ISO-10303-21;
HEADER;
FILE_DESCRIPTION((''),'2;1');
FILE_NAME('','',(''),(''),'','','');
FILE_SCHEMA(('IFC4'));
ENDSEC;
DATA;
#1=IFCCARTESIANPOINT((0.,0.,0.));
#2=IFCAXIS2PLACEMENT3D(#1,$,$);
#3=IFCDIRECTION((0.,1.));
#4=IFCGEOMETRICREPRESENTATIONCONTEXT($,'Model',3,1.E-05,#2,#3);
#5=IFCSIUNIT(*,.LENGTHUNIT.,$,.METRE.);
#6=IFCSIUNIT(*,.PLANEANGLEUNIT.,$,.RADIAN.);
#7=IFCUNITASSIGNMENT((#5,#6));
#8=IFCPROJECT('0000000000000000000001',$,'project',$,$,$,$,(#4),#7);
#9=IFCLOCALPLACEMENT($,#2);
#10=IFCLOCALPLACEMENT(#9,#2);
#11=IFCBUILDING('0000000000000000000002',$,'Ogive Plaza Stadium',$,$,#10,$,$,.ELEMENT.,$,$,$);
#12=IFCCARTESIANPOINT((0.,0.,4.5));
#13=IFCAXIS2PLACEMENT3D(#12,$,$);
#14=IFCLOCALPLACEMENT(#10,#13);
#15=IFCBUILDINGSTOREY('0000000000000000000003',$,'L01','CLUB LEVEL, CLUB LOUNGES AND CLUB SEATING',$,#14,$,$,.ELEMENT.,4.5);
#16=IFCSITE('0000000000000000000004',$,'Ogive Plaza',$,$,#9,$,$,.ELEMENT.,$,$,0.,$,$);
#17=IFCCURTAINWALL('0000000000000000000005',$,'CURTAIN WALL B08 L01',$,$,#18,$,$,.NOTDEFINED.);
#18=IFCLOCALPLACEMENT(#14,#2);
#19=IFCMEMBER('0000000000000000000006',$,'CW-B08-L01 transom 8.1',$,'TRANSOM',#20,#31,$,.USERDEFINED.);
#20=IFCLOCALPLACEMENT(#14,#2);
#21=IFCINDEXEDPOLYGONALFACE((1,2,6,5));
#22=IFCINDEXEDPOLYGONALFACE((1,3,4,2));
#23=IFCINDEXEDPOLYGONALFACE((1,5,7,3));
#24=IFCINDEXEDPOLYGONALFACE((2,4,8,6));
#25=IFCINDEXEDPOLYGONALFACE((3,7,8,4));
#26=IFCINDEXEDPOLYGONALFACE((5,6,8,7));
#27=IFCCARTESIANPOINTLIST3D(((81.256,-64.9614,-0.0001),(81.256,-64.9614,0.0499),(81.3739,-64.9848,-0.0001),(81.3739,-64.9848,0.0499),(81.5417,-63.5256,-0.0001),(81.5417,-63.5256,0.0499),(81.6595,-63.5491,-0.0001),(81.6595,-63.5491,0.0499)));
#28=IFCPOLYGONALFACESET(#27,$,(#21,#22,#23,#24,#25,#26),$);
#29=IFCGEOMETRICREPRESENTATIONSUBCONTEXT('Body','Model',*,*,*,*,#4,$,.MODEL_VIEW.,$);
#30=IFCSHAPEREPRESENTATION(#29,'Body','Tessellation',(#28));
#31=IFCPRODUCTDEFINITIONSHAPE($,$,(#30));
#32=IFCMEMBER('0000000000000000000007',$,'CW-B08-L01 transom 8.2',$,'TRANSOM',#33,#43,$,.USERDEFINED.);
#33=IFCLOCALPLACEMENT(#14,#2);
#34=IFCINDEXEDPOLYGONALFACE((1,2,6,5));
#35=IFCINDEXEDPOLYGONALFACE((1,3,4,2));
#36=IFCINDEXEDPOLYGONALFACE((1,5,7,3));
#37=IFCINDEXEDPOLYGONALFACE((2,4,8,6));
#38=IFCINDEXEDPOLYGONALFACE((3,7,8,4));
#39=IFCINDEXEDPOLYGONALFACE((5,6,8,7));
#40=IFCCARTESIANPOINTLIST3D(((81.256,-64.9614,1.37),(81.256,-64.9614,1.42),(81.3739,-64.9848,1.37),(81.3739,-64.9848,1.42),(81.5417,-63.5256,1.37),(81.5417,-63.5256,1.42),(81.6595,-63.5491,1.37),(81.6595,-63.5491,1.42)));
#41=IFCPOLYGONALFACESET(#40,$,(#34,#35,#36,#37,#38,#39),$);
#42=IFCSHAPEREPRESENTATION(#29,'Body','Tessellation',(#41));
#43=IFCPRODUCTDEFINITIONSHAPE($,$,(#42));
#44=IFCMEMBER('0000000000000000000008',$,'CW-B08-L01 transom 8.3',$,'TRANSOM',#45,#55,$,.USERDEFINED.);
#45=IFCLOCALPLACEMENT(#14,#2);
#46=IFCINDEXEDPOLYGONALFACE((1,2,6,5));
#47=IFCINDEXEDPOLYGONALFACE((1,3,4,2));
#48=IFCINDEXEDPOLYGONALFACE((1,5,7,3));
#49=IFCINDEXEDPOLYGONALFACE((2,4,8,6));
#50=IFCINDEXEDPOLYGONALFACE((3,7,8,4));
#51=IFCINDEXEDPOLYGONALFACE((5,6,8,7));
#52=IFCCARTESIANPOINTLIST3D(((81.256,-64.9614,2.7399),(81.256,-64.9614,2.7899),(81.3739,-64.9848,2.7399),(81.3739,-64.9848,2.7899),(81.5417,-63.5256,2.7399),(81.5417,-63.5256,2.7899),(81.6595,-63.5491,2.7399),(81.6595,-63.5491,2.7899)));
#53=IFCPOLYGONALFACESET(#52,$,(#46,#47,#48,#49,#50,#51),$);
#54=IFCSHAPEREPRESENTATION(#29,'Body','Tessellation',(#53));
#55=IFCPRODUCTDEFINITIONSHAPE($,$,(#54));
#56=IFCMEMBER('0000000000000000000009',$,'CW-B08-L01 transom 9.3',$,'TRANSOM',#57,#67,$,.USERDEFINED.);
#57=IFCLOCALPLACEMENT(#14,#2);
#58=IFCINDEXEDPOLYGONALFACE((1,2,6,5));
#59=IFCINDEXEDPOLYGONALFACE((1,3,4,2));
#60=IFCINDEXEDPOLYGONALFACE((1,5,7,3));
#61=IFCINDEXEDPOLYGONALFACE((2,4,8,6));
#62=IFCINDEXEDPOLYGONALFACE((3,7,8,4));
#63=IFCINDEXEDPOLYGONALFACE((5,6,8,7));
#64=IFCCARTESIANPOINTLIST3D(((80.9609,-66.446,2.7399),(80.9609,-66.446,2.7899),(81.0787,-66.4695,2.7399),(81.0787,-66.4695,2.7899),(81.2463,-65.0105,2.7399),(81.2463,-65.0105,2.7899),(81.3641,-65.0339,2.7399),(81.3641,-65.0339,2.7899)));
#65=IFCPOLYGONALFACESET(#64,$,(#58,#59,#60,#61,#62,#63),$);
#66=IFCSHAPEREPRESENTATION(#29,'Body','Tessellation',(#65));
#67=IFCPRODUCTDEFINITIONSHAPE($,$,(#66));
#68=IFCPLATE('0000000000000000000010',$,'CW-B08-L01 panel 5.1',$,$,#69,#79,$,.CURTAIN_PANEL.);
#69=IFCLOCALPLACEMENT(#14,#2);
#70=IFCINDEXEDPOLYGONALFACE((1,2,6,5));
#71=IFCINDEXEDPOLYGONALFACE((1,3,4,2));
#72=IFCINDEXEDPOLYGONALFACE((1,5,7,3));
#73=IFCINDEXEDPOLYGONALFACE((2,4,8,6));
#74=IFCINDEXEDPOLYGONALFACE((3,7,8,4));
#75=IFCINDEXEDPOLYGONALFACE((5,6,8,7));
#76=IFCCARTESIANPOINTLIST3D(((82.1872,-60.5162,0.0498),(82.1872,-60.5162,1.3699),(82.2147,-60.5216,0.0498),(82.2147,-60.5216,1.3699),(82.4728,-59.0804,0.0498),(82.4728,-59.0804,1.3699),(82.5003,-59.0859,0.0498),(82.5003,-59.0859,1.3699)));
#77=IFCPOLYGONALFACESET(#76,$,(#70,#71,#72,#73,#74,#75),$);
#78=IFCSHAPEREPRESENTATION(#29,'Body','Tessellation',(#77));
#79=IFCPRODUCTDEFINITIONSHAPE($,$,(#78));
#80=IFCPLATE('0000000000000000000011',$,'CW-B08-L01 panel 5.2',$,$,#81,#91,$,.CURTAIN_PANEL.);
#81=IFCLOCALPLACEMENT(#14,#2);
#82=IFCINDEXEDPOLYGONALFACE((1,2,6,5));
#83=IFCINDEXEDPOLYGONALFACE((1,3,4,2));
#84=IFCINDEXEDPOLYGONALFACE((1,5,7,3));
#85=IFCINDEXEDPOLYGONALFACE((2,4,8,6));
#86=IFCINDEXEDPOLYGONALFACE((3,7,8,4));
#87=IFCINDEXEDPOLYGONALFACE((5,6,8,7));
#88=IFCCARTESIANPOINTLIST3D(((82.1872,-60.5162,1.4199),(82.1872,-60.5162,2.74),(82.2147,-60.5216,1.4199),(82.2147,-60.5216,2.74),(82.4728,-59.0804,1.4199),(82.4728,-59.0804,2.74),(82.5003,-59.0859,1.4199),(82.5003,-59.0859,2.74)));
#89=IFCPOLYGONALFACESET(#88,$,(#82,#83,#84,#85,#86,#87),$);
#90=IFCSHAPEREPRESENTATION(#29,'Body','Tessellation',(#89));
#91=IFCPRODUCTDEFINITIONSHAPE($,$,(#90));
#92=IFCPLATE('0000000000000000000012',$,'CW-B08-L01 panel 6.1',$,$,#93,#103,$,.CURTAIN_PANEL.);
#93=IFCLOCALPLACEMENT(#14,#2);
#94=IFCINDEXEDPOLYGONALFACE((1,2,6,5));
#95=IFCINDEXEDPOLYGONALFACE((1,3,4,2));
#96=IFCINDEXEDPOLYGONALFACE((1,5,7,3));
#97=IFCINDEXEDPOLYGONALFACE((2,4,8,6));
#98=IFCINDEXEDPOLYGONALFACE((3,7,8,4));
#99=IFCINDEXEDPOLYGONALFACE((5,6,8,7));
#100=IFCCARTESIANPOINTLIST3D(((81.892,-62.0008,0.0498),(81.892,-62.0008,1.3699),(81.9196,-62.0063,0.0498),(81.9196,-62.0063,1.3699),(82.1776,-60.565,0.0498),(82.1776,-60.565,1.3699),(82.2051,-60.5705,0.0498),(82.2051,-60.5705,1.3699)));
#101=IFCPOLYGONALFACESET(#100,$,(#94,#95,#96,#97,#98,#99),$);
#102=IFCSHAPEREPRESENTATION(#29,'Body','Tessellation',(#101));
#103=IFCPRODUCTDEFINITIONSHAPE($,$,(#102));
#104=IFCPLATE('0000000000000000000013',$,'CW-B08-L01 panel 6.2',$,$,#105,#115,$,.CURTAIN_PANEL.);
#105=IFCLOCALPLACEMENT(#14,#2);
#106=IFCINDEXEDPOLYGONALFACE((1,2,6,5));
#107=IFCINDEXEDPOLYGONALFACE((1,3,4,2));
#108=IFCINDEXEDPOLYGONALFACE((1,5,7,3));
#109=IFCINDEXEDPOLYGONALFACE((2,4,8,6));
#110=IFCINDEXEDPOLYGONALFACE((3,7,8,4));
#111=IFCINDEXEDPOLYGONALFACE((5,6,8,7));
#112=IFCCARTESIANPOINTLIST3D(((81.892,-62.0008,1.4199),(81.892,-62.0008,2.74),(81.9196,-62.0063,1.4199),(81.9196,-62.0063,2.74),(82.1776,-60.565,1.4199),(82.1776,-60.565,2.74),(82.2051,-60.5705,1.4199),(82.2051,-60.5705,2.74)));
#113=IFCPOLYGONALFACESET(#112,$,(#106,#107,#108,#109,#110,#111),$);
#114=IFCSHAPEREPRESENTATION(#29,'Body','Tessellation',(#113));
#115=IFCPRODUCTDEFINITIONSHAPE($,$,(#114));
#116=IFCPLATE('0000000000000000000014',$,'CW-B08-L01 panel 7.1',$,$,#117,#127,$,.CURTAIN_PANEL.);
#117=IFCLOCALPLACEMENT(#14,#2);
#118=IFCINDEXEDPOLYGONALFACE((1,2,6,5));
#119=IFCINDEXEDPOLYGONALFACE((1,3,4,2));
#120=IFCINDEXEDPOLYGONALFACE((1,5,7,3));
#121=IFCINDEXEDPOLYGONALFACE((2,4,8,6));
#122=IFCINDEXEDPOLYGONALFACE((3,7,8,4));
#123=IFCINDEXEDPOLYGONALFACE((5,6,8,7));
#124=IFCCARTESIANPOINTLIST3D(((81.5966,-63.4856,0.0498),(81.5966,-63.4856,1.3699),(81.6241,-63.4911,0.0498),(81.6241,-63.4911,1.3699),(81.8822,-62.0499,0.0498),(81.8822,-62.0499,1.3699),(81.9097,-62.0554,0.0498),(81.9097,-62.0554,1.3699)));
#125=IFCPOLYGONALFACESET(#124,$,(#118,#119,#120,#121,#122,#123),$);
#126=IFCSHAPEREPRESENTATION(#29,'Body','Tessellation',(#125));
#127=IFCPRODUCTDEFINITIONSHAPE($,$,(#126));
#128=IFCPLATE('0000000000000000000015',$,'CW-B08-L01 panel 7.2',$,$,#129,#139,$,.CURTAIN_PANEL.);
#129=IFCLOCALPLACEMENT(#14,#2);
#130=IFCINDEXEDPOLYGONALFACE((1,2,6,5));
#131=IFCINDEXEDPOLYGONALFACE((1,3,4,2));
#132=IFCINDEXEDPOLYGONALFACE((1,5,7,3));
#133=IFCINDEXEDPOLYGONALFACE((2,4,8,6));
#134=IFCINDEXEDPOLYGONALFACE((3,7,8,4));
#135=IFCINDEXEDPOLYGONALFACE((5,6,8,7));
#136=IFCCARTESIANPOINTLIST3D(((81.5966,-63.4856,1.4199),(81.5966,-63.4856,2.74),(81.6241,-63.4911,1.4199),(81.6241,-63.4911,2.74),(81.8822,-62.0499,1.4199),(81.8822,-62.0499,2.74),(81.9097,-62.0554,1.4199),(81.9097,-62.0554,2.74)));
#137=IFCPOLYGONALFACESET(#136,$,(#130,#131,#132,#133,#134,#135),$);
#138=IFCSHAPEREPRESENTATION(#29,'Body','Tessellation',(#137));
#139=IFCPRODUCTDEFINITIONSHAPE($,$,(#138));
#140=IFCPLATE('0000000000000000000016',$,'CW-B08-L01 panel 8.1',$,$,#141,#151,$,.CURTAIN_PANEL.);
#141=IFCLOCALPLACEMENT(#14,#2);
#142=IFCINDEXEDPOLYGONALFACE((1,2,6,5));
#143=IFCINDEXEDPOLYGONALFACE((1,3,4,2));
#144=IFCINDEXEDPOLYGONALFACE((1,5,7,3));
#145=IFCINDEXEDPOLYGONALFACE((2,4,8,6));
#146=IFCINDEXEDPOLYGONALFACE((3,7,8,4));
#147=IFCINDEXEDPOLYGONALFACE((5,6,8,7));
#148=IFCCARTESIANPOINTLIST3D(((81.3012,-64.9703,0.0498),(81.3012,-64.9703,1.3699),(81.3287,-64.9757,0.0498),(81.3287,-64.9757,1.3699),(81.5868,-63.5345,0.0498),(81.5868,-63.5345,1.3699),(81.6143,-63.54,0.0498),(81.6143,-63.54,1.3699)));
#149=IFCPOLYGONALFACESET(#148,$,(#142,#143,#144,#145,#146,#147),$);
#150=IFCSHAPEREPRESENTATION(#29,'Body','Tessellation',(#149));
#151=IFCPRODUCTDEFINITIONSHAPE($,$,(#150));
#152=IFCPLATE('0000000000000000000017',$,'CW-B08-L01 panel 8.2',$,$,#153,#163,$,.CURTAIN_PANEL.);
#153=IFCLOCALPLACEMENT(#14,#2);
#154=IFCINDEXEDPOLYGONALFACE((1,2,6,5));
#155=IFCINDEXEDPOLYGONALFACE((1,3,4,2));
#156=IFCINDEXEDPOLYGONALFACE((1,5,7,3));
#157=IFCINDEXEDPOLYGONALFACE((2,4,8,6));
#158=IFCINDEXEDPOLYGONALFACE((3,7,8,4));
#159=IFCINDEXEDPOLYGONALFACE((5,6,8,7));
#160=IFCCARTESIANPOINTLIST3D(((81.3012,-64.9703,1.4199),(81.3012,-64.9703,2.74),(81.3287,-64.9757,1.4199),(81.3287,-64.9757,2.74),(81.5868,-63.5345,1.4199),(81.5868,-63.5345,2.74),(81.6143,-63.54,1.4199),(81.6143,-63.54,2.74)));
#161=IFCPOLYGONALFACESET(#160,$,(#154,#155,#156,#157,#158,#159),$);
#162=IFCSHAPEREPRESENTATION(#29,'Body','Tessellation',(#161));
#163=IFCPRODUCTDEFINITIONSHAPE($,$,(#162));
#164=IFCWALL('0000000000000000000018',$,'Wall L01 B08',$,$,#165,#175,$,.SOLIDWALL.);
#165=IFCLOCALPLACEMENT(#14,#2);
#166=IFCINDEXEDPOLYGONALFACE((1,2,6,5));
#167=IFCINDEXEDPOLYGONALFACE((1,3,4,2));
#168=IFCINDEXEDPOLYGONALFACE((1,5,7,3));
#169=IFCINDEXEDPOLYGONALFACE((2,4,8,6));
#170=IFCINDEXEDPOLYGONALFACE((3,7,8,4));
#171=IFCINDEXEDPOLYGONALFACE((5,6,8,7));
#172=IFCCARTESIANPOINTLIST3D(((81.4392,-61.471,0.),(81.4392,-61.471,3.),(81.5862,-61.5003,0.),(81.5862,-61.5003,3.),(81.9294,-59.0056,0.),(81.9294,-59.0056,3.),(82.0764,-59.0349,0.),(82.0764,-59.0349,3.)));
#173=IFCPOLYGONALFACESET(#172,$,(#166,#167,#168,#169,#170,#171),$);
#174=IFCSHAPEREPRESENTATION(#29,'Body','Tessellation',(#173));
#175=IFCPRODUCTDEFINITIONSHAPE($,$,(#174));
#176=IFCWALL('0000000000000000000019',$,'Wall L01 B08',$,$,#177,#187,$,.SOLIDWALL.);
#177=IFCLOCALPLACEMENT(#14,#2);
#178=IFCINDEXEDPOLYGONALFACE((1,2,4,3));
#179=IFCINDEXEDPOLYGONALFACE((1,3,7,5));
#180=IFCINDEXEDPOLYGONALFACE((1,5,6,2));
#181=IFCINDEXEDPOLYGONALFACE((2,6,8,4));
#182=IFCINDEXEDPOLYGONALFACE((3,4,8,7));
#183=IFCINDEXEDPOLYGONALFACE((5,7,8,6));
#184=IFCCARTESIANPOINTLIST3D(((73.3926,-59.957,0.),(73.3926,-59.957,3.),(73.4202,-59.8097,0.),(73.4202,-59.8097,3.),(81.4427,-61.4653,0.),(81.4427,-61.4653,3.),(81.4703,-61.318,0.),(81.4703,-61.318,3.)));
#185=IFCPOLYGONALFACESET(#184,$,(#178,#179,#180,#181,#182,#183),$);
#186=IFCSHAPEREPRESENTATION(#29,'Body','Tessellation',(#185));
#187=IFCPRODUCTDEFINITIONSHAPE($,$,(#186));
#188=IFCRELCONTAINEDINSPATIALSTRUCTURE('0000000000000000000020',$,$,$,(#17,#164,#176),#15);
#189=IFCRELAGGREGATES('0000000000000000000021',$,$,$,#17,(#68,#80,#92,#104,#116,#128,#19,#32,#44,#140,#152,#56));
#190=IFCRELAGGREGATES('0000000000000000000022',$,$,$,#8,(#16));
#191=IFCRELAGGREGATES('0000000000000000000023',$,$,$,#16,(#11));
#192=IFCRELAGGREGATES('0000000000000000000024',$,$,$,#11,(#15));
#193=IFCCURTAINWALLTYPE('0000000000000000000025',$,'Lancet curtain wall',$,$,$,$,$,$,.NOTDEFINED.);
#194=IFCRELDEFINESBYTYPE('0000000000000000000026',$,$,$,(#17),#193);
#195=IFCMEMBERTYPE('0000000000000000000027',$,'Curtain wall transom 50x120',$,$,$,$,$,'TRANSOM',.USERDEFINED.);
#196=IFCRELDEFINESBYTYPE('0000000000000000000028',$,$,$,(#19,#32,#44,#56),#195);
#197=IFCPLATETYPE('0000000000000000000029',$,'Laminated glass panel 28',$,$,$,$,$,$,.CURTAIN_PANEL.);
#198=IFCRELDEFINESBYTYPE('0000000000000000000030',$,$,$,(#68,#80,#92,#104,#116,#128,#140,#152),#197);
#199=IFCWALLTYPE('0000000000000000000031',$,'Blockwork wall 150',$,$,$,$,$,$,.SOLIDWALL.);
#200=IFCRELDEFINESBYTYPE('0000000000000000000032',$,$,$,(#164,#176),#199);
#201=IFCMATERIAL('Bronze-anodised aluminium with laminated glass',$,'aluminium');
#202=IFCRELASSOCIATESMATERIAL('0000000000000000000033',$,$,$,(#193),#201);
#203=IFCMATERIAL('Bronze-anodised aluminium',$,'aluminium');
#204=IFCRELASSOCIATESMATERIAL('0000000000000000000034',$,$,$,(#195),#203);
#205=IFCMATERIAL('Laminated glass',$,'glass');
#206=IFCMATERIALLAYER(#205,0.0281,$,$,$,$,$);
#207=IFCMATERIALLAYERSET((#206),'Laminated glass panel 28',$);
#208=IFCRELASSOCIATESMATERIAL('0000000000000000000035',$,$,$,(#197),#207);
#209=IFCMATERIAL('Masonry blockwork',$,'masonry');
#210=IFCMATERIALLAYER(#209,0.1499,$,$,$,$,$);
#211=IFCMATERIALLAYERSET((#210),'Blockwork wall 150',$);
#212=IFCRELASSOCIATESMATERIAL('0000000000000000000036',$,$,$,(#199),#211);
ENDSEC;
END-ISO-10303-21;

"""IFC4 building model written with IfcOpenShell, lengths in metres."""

from ifc_helpers import new_model, si_unit, direction, frame, frame_2d, origin, origin_2d, place, context, subcontext, project, spatial, rectangle, extrude, material, layer, layer_set, material_profile, profile_set, type_object, element, aggregate, save


model = new_model("IFC4")

# Units and contexts
model_context = context("Model", 3, precision=1e-05, world=origin(), true_north=direction((0.0, 1.0)))
body_context = subcontext(model_context, "Body", "Model", "MODEL_VIEW")
ifc_project = project(units=[si_unit("LENGTHUNIT", "METRE"), si_unit("PLANEANGLEUNIT", "RADIAN")], contexts=[model_context])

# Site, building, storey
site_placement = place(None, origin())
site = spatial("IfcSite", under=ifc_project, at=site_placement, Name="Ogive Plaza", CompositionType="ELEMENT", RefElevation=0.0)
building_placement = place(site_placement, origin())
building = spatial("IfcBuilding", under=site, at=building_placement, Name="Ogive Plaza Stadium", CompositionType="ELEMENT")
storey_placement = place(building_placement, frame((0.0, 0.0, 4.5)))
storey = spatial("IfcBuildingStorey", under=building, at=storey_placement, Name="L01", Description="CLUB LEVEL, CLUB LOUNGES AND CLUB SEATING", CompositionType="ELEMENT", Elevation=4.5)

# Curtain wall, members, plates
ifc_material_1 = material(Name="Bronze-anodised aluminium with laminated glass", Category="aluminium")
curtain_wall_type = type_object("IfcCurtainWallType", Name="Lancet curtain wall", PredefinedType="NOTDEFINED", material=ifc_material_1)
curtain_wall_placement = place(storey_placement, origin())
curtain_wall = element("IfcCurtainWall", 1, at=curtain_wall_placement, inside=storey, type_object=curtain_wall_type, Name="CURTAIN WALL B08 L01", PredefinedType="NOTDEFINED")
ifc_material_2 = material(Name="Bronze-anodised aluminium", Category="aluminium")
ifc_material_profile_1 = material_profile(ifc_material_2, rectangle(XDim=0.1201, YDim=0.05, at=origin_2d()), Name="AL 120x50")
ifc_profile_set_1 = profile_set([ifc_material_profile_1], Name="Bronze-anodised aluminium")
member_type_1 = type_object("IfcMemberType", Name="Curtain wall transom 50x120", ElementType="TRANSOM", PredefinedType="USERDEFINED", material=ifc_profile_set_1)
member_1_placement = place(storey_placement, frame((81.6006, -63.5374, 0.0249), z_axis=(-0.195122, -0.980779, 0.0), x_axis=(0.980779, -0.195122, 0.0)))
member_1 = element("IfcMember", 2, at=member_1_placement, type_object=member_type_1, Name="CW-B08-L01 transom 8.1", ObjectType="TRANSOM", PredefinedType="USERDEFINED", context=body_context, shape_type="SweptSolid", body=[
    extrude(rectangle(XDim=0.1201, YDim=0.05, at=origin_2d()), origin(), (0.0, 0.0, 1.0), 1.4639),
])
member_2_placement = place(storey_placement, frame((81.6006, -63.5374, 1.395), z_axis=(-0.195122, -0.980779, 0.0), x_axis=(0.980779, -0.195122, 0.0)))
member_2 = element("IfcMember", 3, at=member_2_placement, type_object=member_type_1, Name="CW-B08-L01 transom 8.2", ObjectType="TRANSOM", PredefinedType="USERDEFINED", context=body_context, shape_type="SweptSolid", body=[
    extrude(rectangle(XDim=0.1201, YDim=0.05, at=origin_2d()), origin(), (0.0, 0.0, 1.0), 1.4639),
])
member_3_placement = place(storey_placement, frame((81.6006, -63.5374, 2.7649), z_axis=(-0.195122, -0.980779, 0.0), x_axis=(0.980779, -0.195122, 0.0)))
member_3 = element("IfcMember", 4, at=member_3_placement, type_object=member_type_1, Name="CW-B08-L01 transom 8.3", ObjectType="TRANSOM", PredefinedType="USERDEFINED", context=body_context, shape_type="SweptSolid", body=[
    extrude(rectangle(XDim=0.1201, YDim=0.05, at=origin_2d()), origin(), (0.0, 0.0, 1.0), 1.4639),
])
member_4_placement = place(storey_placement, frame((81.3052, -65.0222, 2.7649), z_axis=(-0.194993, -0.980805, 0.0), x_axis=(0.980805, -0.194993, 0.0)))
member_4 = element("IfcMember", 5, at=member_4_placement, type_object=member_type_1, Name="CW-B08-L01 transom 9.3", ObjectType="TRANSOM", PredefinedType="USERDEFINED", context=body_context, shape_type="SweptSolid", body=[
    extrude(rectangle(XDim=0.1201, YDim=0.05, at=origin_2d()), origin(), (0.0, 0.0, 1.0), 1.4636),
])
ifc_material_3 = material(Name="Laminated glass", Category="glass")
ifc_layer_1 = layer(ifc_material_3, 0.0281)
ifc_layer_set_1 = layer_set([ifc_layer_1], Name="Laminated glass panel 28")
plate_type = type_object("IfcPlateType", Name="Laminated glass panel 28", PredefinedType="CURTAIN_PANEL", material=ifc_layer_set_1)
plate_1_placement = place(storey_placement, frame((82.3438, -59.801, 0.0498), z_axis=(0.0, 0.0, 1.0), x_axis=(-0.19509, -0.980785, 0.0)))
plate_1 = element("IfcPlate", 6, at=plate_1_placement, type_object=plate_type, Name="CW-B08-L01 panel 5.1", PredefinedType="CURTAIN_PANEL", context=body_context, shape_type="SweptSolid", body=[
    extrude(rectangle(XDim=1.4639, YDim=0.0281, at=origin_2d()), origin(), (0.0, 0.0, 1.0), 1.3201),
])
plate_2_placement = place(storey_placement, frame((82.3438, -59.801, 1.4199), z_axis=(0.0, 0.0, 1.0), x_axis=(-0.19509, -0.980785, 0.0)))
plate_2 = element("IfcPlate", 7, at=plate_2_placement, type_object=plate_type, Name="CW-B08-L01 panel 5.2", PredefinedType="CURTAIN_PANEL", context=body_context, shape_type="SweptSolid", body=[
    extrude(rectangle(XDim=1.4639, YDim=0.0281, at=origin_2d()), origin(), (0.0, 0.0, 1.0), 1.3201),
])
plate_3_placement = place(storey_placement, frame((82.0486, -61.2856, 0.0498), z_axis=(0.0, 0.0, 1.0), x_axis=(-0.19509, -0.980785, 0.0)))
plate_3 = element("IfcPlate", 8, at=plate_3_placement, type_object=plate_type, Name="CW-B08-L01 panel 6.1", PredefinedType="CURTAIN_PANEL", context=body_context, shape_type="SweptSolid", body=[
    extrude(rectangle(XDim=1.4639, YDim=0.0281, at=origin_2d()), origin(), (0.0, 0.0, 1.0), 1.3201),
])
plate_4_placement = place(storey_placement, frame((82.0486, -61.2856, 1.4199), z_axis=(0.0, 0.0, 1.0), x_axis=(-0.19509, -0.980785, 0.0)))
plate_4 = element("IfcPlate", 9, at=plate_4_placement, type_object=plate_type, Name="CW-B08-L01 panel 6.2", PredefinedType="CURTAIN_PANEL", context=body_context, shape_type="SweptSolid", body=[
    extrude(rectangle(XDim=1.4639, YDim=0.0281, at=origin_2d()), origin(), (0.0, 0.0, 1.0), 1.3201),
])
plate_5_placement = place(storey_placement, frame((81.7532, -62.7705, 0.0498), z_axis=(0.0, 0.0, 1.0), x_axis=(-0.19509, -0.980785, 0.0)))
plate_5 = element("IfcPlate", 10, at=plate_5_placement, type_object=plate_type, Name="CW-B08-L01 panel 7.1", PredefinedType="CURTAIN_PANEL", context=body_context, shape_type="SweptSolid", body=[
    extrude(rectangle(XDim=1.4639, YDim=0.0281, at=origin_2d()), origin(), (0.0, 0.0, 1.0), 1.3201),
])
plate_6_placement = place(storey_placement, frame((81.7532, -62.7705, 1.4199), z_axis=(0.0, 0.0, 1.0), x_axis=(-0.19509, -0.980785, 0.0)))
plate_6 = element("IfcPlate", 11, at=plate_6_placement, type_object=plate_type, Name="CW-B08-L01 panel 7.2", PredefinedType="CURTAIN_PANEL", context=body_context, shape_type="SweptSolid", body=[
    extrude(rectangle(XDim=1.4639, YDim=0.0281, at=origin_2d()), origin(), (0.0, 0.0, 1.0), 1.3201),
])
plate_7_placement = place(storey_placement, frame((81.4578, -64.2551, 0.0498), z_axis=(0.0, 0.0, 1.0), x_axis=(-0.19509, -0.980785, 0.0)))
plate_7 = element("IfcPlate", 12, at=plate_7_placement, type_object=plate_type, Name="CW-B08-L01 panel 8.1", PredefinedType="CURTAIN_PANEL", context=body_context, shape_type="SweptSolid", body=[
    extrude(rectangle(XDim=1.4639, YDim=0.0281, at=origin_2d()), origin(), (0.0, 0.0, 1.0), 1.3201),
])
plate_8_placement = place(storey_placement, frame((81.4578, -64.2551, 1.4199), z_axis=(0.0, 0.0, 1.0), x_axis=(-0.19509, -0.980785, 0.0)))
plate_8 = element("IfcPlate", 13, at=plate_8_placement, type_object=plate_type, Name="CW-B08-L01 panel 8.2", PredefinedType="CURTAIN_PANEL", context=body_context, shape_type="SweptSolid", body=[
    extrude(rectangle(XDim=1.4639, YDim=0.0281, at=origin_2d()), origin(), (0.0, 0.0, 1.0), 1.3201),
])
aggregate(curtain_wall, [plate_1, plate_2, plate_3, plate_4, plate_5, plate_6, member_1, member_2, member_3, plate_7, plate_8, member_4])

# Walls
ifc_material_4 = material(Name="Masonry blockwork", Category="masonry")
ifc_layer_2 = layer(ifc_material_4, 0.1499)
ifc_layer_set_2 = layer_set([ifc_layer_2], Name="Blockwork wall 150")
wall_type_1 = type_object("IfcWallType", Name="Blockwork wall 150", PredefinedType="SOLIDWALL", material=ifc_layer_set_2)
wall_1_placement = place(storey_placement, frame((82.0029, -59.0203, 0.0), z_axis=(0.0, 0.0, 1.0), x_axis=(-0.195033, -0.980797, 0.0)))
element("IfcWall", 14, at=wall_1_placement, inside=storey, type_object=wall_type_1, Name="Wall L01 B08", PredefinedType="SOLIDWALL", context=body_context, shape_type="SweptSolid", body=[
    extrude(rectangle(XDim=2.5137, YDim=0.1499, at=frame_2d((1.2568, 0.0))), origin(), (0.0, 0.0, 1.0), 3.0),
])
wall_2_placement = place(storey_placement, frame((73.4062, -59.8833, 0.0), z_axis=(0.0, 0.0, 1.0), x_axis=(0.982896, -0.184161, 0.0)))
element("IfcWall", 15, at=wall_2_placement, inside=storey, type_object=wall_type_1, Name="Wall L01 B08", PredefinedType="SOLIDWALL", context=body_context, shape_type="SweptSolid", body=[
    extrude(rectangle(XDim=8.1902, YDim=0.1499, at=frame_2d((4.0952, 0.0))), origin(), (0.0, 0.0, 1.0), 3.0),
])

save(model, "model.ifc")
